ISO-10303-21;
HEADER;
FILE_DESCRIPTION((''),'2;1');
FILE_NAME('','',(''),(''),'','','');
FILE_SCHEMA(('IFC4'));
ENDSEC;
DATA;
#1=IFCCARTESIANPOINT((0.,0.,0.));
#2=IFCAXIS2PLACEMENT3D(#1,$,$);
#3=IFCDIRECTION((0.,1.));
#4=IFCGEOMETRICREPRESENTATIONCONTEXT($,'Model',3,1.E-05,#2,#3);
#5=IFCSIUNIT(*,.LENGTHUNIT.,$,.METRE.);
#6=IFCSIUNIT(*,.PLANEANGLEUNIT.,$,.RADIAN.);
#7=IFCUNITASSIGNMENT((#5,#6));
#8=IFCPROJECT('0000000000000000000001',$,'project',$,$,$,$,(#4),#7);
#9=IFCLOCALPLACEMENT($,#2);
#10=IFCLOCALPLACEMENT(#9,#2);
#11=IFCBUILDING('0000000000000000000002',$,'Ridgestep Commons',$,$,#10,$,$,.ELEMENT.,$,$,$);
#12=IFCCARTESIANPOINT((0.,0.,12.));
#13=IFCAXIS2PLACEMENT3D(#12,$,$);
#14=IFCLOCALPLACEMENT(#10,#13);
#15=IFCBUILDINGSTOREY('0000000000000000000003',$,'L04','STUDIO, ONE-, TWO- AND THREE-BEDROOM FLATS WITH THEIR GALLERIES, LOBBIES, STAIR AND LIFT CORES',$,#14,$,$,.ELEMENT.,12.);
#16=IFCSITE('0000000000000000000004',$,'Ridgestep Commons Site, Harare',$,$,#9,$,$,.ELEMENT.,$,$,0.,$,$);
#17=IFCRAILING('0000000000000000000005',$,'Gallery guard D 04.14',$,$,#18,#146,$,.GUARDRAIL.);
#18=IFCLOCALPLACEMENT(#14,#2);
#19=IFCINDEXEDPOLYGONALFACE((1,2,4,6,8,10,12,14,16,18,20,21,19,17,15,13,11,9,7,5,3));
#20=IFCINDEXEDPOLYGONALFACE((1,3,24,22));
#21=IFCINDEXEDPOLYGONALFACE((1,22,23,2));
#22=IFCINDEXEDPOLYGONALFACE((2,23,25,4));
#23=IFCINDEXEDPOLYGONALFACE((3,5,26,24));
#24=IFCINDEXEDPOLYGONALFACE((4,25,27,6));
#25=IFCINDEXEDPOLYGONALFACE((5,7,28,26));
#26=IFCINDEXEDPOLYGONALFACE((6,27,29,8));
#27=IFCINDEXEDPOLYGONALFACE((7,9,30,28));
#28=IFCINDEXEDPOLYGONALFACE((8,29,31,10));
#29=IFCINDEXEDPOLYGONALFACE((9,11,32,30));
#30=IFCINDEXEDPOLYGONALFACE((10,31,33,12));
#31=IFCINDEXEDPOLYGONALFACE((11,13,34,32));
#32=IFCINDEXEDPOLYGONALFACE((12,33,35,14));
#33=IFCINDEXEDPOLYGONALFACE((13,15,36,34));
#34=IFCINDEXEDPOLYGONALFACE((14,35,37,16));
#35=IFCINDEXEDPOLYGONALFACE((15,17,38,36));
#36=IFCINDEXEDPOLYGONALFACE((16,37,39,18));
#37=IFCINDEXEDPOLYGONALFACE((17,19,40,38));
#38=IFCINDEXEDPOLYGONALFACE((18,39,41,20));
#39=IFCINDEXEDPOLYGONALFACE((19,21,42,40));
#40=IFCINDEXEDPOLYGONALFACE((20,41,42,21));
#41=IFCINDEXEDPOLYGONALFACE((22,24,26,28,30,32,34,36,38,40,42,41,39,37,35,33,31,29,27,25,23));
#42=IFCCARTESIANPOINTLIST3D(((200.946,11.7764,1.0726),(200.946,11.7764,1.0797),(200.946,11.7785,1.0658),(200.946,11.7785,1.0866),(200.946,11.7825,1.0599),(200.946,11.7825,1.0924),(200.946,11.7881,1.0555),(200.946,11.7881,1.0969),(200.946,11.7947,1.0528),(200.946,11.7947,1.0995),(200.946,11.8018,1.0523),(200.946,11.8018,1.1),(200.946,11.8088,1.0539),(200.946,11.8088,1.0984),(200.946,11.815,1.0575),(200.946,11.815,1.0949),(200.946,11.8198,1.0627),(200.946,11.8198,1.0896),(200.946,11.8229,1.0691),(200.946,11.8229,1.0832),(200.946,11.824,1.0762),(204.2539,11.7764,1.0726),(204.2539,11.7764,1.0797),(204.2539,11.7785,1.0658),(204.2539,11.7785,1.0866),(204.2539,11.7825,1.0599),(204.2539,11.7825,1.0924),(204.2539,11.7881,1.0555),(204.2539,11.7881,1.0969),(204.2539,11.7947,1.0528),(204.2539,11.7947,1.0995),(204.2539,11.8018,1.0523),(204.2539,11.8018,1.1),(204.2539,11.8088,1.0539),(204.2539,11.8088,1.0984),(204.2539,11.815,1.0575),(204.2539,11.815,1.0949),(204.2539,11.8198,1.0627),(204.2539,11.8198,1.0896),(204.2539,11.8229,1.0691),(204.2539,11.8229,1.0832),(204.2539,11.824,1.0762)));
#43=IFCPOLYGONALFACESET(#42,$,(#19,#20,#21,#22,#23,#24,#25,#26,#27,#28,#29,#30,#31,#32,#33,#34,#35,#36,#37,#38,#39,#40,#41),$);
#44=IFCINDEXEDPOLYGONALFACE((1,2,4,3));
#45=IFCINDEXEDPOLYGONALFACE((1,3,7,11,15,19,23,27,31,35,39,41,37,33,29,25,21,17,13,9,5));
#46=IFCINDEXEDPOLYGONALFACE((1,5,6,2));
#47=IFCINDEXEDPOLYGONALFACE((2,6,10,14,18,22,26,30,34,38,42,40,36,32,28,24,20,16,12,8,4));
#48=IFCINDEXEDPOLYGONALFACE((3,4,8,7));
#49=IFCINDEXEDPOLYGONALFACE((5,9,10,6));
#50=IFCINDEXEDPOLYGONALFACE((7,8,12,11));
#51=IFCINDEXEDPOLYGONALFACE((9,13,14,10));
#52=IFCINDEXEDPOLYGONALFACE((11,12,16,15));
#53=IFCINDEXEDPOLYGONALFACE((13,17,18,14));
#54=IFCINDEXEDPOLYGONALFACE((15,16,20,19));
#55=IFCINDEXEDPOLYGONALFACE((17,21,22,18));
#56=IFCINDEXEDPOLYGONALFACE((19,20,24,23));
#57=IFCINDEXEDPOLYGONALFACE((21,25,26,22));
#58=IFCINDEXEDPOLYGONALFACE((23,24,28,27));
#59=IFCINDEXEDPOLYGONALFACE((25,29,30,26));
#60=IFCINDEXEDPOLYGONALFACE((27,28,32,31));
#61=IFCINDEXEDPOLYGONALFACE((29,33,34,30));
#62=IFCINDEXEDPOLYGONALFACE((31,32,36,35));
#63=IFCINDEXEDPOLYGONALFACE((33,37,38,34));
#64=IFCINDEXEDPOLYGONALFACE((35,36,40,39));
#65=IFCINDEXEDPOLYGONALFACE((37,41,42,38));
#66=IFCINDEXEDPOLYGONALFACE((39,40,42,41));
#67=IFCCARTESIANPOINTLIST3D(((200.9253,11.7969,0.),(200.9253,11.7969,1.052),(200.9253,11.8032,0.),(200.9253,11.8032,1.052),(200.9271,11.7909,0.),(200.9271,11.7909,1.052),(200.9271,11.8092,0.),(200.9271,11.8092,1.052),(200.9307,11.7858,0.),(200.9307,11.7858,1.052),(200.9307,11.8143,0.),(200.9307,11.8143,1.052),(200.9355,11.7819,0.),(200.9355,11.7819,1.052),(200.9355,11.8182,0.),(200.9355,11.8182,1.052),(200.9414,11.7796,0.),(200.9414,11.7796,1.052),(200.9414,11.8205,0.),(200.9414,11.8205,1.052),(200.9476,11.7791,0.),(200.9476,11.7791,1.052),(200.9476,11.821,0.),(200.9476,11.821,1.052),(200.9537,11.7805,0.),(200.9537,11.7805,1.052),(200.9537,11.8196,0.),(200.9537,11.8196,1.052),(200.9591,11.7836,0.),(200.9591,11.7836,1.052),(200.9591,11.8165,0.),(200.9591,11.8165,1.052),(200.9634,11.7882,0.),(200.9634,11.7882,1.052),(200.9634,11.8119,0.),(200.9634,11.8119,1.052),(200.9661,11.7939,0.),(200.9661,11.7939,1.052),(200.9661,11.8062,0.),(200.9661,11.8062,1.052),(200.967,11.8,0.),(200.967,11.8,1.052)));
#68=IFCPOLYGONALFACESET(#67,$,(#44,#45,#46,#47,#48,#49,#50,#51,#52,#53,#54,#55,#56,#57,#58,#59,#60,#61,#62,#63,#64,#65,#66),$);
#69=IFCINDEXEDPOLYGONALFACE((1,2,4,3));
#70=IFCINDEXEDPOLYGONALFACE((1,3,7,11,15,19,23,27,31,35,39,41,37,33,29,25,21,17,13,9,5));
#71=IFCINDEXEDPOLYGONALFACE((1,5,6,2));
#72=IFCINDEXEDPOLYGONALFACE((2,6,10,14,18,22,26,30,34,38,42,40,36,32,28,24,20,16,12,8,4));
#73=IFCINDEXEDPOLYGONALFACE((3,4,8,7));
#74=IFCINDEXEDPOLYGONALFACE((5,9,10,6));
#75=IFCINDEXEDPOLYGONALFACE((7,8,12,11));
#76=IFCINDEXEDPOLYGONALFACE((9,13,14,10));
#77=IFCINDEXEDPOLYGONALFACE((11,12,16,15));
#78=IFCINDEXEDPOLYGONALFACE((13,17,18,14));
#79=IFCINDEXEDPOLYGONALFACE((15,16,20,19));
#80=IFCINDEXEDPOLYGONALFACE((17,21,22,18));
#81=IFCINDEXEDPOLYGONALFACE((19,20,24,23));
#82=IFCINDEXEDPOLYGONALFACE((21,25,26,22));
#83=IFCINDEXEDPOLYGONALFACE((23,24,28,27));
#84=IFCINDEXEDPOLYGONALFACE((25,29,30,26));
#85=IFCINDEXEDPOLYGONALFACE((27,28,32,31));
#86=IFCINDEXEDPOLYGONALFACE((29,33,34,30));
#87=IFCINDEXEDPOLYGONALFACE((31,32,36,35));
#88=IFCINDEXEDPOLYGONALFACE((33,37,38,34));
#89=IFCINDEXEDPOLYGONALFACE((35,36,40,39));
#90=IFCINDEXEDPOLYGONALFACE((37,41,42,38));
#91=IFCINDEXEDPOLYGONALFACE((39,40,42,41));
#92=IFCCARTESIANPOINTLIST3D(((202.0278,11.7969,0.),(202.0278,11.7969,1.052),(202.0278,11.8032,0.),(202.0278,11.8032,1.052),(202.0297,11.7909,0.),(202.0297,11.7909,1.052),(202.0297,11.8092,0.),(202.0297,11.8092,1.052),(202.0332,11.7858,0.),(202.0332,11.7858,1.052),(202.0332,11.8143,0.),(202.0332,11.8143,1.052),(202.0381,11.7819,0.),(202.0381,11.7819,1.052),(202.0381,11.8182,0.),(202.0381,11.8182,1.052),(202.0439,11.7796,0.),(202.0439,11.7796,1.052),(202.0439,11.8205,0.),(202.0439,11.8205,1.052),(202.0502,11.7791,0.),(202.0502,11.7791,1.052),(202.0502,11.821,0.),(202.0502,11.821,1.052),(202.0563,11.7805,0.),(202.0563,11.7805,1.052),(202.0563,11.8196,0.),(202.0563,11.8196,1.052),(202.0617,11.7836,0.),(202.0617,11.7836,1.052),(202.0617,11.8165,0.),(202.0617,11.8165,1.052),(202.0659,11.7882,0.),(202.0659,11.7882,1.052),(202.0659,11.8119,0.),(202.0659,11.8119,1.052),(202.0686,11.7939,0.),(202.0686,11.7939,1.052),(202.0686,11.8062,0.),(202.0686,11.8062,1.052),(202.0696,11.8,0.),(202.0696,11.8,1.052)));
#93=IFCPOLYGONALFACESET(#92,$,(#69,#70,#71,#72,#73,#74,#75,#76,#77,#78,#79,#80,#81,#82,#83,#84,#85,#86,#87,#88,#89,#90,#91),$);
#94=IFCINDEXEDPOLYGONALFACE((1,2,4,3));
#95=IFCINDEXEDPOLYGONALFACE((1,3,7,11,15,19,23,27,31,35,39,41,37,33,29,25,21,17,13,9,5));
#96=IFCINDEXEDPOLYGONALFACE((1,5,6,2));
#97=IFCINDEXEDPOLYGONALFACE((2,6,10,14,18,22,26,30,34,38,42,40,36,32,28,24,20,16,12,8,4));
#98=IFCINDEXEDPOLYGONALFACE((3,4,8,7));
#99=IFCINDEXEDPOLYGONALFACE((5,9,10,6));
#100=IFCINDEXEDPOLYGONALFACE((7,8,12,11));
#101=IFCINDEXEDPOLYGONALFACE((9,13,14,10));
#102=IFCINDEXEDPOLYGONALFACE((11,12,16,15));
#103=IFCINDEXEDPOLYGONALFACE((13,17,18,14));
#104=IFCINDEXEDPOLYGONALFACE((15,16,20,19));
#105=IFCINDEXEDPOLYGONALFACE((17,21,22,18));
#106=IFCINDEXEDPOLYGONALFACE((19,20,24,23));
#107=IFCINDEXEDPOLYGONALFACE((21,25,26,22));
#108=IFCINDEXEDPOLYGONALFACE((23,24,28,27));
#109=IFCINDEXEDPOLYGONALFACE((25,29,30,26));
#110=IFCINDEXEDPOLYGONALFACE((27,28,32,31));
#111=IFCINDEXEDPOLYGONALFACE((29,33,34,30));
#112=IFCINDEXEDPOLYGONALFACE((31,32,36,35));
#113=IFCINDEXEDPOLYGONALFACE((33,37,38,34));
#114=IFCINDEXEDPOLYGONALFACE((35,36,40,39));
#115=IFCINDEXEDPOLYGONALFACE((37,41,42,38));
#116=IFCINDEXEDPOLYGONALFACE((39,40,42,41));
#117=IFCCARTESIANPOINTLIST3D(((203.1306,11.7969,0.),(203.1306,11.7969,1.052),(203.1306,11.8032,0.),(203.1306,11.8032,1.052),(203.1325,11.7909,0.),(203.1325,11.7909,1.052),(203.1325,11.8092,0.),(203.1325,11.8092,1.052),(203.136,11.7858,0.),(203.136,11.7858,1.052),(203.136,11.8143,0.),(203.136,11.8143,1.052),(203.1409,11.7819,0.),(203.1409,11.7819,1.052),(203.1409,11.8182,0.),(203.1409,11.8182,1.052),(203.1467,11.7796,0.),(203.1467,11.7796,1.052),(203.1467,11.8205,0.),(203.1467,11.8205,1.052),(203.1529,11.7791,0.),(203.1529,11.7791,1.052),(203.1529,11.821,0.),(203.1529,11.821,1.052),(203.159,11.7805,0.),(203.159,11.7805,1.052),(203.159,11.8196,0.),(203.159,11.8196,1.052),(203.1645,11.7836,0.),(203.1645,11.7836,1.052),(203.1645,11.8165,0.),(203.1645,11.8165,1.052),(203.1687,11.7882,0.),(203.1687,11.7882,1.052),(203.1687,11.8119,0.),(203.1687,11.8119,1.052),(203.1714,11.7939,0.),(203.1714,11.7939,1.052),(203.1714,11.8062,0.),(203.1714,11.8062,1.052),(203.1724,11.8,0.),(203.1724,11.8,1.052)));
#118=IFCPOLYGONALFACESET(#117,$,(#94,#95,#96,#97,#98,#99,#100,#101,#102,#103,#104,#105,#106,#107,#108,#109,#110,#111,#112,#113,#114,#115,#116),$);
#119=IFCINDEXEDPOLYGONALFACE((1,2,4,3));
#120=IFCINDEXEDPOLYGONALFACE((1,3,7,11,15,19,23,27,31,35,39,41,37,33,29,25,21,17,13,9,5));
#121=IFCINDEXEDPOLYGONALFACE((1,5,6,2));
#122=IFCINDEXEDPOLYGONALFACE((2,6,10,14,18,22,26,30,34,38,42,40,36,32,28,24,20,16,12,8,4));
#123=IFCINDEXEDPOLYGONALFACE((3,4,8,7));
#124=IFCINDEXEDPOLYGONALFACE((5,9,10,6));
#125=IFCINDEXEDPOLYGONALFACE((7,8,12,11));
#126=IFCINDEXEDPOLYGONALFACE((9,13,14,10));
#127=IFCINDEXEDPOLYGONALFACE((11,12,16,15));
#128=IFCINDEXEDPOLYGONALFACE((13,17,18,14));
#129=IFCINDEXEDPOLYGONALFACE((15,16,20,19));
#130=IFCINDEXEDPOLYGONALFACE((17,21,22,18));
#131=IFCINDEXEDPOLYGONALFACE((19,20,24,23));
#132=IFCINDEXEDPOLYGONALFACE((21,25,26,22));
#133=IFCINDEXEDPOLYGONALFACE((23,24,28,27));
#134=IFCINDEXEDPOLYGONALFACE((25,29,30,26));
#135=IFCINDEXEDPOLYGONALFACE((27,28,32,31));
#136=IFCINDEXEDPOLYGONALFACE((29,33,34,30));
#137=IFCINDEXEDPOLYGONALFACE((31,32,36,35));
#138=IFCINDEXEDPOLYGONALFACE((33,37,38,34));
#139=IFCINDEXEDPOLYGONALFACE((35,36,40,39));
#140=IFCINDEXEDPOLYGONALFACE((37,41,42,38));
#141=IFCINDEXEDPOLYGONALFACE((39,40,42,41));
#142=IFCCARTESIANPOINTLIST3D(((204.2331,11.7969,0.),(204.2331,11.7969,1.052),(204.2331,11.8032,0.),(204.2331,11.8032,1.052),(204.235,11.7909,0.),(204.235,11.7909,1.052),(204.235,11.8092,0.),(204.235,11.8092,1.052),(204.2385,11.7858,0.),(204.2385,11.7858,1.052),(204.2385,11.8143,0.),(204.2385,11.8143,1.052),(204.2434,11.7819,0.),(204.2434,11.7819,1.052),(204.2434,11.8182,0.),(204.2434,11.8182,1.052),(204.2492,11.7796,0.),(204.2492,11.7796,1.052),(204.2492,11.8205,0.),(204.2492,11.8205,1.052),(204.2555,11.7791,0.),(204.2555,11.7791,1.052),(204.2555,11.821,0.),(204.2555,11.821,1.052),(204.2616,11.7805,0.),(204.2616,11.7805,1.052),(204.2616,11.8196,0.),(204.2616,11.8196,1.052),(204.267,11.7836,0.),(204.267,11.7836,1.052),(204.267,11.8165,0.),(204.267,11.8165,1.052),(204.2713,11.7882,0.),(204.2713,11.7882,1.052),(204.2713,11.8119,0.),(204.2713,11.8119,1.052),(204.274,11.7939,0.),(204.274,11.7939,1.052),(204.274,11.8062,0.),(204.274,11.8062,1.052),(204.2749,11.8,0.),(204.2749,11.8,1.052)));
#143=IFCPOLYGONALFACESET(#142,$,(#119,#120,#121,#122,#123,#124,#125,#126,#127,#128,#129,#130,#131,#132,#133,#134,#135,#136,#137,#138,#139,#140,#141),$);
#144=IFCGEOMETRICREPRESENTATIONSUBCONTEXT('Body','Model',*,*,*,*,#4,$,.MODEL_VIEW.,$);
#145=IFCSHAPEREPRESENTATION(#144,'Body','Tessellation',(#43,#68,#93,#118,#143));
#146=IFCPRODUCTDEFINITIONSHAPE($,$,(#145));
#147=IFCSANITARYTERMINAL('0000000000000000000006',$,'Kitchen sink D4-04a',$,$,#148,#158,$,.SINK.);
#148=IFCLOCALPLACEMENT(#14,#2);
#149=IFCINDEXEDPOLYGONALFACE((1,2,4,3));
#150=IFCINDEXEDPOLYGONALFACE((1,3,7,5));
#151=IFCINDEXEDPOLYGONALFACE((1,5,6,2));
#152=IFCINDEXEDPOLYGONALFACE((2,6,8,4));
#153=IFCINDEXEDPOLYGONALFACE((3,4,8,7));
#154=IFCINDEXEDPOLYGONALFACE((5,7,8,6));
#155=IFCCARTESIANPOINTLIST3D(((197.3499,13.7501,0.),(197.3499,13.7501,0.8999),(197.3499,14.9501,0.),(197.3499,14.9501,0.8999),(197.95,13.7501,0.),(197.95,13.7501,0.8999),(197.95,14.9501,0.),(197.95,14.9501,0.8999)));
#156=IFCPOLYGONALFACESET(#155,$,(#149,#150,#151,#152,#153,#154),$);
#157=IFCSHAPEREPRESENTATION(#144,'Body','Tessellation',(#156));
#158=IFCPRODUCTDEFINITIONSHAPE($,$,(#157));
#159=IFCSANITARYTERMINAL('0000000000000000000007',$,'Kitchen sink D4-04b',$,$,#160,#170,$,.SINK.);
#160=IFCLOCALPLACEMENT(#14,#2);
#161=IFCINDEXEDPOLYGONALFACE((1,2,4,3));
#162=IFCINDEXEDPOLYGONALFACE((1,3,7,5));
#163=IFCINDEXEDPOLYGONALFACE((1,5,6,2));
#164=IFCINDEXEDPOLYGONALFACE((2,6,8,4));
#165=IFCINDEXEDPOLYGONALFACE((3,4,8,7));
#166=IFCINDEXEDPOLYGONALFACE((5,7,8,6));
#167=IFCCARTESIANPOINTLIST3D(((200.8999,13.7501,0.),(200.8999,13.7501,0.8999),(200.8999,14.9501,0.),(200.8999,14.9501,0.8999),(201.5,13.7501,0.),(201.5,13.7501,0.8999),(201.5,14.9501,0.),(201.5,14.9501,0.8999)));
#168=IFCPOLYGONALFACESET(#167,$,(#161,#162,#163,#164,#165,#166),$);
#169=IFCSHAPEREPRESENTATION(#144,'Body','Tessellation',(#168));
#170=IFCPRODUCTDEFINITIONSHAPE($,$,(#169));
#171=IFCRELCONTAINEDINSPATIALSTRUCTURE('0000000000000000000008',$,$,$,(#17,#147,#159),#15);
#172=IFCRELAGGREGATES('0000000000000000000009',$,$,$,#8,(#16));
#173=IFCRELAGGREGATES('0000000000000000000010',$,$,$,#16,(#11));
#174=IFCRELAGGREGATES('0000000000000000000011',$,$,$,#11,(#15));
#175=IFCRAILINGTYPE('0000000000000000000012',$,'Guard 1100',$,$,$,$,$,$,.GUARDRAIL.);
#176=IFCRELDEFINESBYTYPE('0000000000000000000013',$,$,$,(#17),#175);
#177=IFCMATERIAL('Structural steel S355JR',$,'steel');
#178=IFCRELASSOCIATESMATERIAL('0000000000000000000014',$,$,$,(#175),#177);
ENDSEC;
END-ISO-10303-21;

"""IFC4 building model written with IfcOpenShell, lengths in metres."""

from ifc_helpers import new_model, si_unit, direction, frame, origin, origin_2d, place, context, subcontext, project, spatial, rectangle, circle, extrude, material, type_object, element, save


model = new_model("IFC4")

# Units and contexts
model_context = context("Model", 3, precision=1e-05, world=origin(), true_north=direction((0.0, 1.0)))
body_context = subcontext(model_context, "Body", "Model", "MODEL_VIEW")
ifc_project = project(units=[si_unit("LENGTHUNIT", "METRE"), si_unit("PLANEANGLEUNIT", "RADIAN")], contexts=[model_context])

# Site, building, storey
site_placement = place(None, origin())
site = spatial("IfcSite", under=ifc_project, at=site_placement, Name="Ridgestep Commons Site, Harare", CompositionType="ELEMENT", RefElevation=0.0)
building_placement = place(site_placement, origin())
building = spatial("IfcBuilding", under=site, at=building_placement, Name="Ridgestep Commons", CompositionType="ELEMENT")
storey_placement = place(building_placement, frame((0.0, 0.0, 12.0)))
storey = spatial("IfcBuildingStorey", under=building, at=storey_placement, Name="L04", Description="STUDIO, ONE-, TWO- AND THREE-BEDROOM FLATS WITH THEIR GALLERIES, LOBBIES, STAIR AND LIFT CORES", CompositionType="ELEMENT", Elevation=12.0)

# Railing
ifc_material_1 = material(Name="Structural steel S355JR", Category="steel")
railing_type = type_object("IfcRailingType", Name="Guard 1100", PredefinedType="GUARDRAIL", material=ifc_material_1)
railing_1_placement = place(storey_placement, frame((200.946, 11.8, 0.0)))
element("IfcRailing", 1, at=railing_1_placement, inside=storey, type_object=railing_type, Name="Gallery guard D 04.14", PredefinedType="GUARDRAIL", context=body_context, shape_type="SweptSolid", body=[
    extrude(circle(Radius=0.0239, at=origin_2d()), frame((0.0, 0.0, 1.0762), z_axis=(1.0, 0.0, 0.0), x_axis=(0.0, 1.0, 0.0)), (0.0, 0.0, 1.0), 3.3079),
    extrude(circle(Radius=0.021, at=origin_2d()), origin(), (0.0, 0.0, 1.0), 1.052),
    extrude(circle(Radius=0.021, at=origin_2d()), frame((1.1025, 0.0, 0.0)), (0.0, 0.0, 1.0), 1.052),
    extrude(circle(Radius=0.021, at=origin_2d()), frame((2.2053, 0.0, 0.0)), (0.0, 0.0, 1.0), 1.052),
    extrude(circle(Radius=0.021, at=origin_2d()), frame((3.3079, 0.0, 0.0)), (0.0, 0.0, 1.0), 1.052),
])

# Sanitary terminals
for number, where, z_axis, x_axis, name in (
    (2, (197.6499, 14.3501, 0.0), (0.0, 0.0, 1.0), (1.0, 0.0, 0.0), "Kitchen sink D4-04a"),
    (3, (201.2, 14.3501, 0.0), (0.0, 0.0, 1.0), (1.0, 0.0, 0.0), "Kitchen sink D4-04b"),
):
    element("IfcSanitaryTerminal", number, at=place(storey_placement, frame(where, z_axis=z_axis, x_axis=x_axis)), inside=storey, Name=name, PredefinedType="SINK", context=body_context, shape_type="SweptSolid", body=[
        extrude(rectangle(XDim=0.6001, YDim=1.2, at=origin_2d()), origin(), (0.0, 0.0, 1.0), 0.8999),
    ])

save(model, "model.ifc")
